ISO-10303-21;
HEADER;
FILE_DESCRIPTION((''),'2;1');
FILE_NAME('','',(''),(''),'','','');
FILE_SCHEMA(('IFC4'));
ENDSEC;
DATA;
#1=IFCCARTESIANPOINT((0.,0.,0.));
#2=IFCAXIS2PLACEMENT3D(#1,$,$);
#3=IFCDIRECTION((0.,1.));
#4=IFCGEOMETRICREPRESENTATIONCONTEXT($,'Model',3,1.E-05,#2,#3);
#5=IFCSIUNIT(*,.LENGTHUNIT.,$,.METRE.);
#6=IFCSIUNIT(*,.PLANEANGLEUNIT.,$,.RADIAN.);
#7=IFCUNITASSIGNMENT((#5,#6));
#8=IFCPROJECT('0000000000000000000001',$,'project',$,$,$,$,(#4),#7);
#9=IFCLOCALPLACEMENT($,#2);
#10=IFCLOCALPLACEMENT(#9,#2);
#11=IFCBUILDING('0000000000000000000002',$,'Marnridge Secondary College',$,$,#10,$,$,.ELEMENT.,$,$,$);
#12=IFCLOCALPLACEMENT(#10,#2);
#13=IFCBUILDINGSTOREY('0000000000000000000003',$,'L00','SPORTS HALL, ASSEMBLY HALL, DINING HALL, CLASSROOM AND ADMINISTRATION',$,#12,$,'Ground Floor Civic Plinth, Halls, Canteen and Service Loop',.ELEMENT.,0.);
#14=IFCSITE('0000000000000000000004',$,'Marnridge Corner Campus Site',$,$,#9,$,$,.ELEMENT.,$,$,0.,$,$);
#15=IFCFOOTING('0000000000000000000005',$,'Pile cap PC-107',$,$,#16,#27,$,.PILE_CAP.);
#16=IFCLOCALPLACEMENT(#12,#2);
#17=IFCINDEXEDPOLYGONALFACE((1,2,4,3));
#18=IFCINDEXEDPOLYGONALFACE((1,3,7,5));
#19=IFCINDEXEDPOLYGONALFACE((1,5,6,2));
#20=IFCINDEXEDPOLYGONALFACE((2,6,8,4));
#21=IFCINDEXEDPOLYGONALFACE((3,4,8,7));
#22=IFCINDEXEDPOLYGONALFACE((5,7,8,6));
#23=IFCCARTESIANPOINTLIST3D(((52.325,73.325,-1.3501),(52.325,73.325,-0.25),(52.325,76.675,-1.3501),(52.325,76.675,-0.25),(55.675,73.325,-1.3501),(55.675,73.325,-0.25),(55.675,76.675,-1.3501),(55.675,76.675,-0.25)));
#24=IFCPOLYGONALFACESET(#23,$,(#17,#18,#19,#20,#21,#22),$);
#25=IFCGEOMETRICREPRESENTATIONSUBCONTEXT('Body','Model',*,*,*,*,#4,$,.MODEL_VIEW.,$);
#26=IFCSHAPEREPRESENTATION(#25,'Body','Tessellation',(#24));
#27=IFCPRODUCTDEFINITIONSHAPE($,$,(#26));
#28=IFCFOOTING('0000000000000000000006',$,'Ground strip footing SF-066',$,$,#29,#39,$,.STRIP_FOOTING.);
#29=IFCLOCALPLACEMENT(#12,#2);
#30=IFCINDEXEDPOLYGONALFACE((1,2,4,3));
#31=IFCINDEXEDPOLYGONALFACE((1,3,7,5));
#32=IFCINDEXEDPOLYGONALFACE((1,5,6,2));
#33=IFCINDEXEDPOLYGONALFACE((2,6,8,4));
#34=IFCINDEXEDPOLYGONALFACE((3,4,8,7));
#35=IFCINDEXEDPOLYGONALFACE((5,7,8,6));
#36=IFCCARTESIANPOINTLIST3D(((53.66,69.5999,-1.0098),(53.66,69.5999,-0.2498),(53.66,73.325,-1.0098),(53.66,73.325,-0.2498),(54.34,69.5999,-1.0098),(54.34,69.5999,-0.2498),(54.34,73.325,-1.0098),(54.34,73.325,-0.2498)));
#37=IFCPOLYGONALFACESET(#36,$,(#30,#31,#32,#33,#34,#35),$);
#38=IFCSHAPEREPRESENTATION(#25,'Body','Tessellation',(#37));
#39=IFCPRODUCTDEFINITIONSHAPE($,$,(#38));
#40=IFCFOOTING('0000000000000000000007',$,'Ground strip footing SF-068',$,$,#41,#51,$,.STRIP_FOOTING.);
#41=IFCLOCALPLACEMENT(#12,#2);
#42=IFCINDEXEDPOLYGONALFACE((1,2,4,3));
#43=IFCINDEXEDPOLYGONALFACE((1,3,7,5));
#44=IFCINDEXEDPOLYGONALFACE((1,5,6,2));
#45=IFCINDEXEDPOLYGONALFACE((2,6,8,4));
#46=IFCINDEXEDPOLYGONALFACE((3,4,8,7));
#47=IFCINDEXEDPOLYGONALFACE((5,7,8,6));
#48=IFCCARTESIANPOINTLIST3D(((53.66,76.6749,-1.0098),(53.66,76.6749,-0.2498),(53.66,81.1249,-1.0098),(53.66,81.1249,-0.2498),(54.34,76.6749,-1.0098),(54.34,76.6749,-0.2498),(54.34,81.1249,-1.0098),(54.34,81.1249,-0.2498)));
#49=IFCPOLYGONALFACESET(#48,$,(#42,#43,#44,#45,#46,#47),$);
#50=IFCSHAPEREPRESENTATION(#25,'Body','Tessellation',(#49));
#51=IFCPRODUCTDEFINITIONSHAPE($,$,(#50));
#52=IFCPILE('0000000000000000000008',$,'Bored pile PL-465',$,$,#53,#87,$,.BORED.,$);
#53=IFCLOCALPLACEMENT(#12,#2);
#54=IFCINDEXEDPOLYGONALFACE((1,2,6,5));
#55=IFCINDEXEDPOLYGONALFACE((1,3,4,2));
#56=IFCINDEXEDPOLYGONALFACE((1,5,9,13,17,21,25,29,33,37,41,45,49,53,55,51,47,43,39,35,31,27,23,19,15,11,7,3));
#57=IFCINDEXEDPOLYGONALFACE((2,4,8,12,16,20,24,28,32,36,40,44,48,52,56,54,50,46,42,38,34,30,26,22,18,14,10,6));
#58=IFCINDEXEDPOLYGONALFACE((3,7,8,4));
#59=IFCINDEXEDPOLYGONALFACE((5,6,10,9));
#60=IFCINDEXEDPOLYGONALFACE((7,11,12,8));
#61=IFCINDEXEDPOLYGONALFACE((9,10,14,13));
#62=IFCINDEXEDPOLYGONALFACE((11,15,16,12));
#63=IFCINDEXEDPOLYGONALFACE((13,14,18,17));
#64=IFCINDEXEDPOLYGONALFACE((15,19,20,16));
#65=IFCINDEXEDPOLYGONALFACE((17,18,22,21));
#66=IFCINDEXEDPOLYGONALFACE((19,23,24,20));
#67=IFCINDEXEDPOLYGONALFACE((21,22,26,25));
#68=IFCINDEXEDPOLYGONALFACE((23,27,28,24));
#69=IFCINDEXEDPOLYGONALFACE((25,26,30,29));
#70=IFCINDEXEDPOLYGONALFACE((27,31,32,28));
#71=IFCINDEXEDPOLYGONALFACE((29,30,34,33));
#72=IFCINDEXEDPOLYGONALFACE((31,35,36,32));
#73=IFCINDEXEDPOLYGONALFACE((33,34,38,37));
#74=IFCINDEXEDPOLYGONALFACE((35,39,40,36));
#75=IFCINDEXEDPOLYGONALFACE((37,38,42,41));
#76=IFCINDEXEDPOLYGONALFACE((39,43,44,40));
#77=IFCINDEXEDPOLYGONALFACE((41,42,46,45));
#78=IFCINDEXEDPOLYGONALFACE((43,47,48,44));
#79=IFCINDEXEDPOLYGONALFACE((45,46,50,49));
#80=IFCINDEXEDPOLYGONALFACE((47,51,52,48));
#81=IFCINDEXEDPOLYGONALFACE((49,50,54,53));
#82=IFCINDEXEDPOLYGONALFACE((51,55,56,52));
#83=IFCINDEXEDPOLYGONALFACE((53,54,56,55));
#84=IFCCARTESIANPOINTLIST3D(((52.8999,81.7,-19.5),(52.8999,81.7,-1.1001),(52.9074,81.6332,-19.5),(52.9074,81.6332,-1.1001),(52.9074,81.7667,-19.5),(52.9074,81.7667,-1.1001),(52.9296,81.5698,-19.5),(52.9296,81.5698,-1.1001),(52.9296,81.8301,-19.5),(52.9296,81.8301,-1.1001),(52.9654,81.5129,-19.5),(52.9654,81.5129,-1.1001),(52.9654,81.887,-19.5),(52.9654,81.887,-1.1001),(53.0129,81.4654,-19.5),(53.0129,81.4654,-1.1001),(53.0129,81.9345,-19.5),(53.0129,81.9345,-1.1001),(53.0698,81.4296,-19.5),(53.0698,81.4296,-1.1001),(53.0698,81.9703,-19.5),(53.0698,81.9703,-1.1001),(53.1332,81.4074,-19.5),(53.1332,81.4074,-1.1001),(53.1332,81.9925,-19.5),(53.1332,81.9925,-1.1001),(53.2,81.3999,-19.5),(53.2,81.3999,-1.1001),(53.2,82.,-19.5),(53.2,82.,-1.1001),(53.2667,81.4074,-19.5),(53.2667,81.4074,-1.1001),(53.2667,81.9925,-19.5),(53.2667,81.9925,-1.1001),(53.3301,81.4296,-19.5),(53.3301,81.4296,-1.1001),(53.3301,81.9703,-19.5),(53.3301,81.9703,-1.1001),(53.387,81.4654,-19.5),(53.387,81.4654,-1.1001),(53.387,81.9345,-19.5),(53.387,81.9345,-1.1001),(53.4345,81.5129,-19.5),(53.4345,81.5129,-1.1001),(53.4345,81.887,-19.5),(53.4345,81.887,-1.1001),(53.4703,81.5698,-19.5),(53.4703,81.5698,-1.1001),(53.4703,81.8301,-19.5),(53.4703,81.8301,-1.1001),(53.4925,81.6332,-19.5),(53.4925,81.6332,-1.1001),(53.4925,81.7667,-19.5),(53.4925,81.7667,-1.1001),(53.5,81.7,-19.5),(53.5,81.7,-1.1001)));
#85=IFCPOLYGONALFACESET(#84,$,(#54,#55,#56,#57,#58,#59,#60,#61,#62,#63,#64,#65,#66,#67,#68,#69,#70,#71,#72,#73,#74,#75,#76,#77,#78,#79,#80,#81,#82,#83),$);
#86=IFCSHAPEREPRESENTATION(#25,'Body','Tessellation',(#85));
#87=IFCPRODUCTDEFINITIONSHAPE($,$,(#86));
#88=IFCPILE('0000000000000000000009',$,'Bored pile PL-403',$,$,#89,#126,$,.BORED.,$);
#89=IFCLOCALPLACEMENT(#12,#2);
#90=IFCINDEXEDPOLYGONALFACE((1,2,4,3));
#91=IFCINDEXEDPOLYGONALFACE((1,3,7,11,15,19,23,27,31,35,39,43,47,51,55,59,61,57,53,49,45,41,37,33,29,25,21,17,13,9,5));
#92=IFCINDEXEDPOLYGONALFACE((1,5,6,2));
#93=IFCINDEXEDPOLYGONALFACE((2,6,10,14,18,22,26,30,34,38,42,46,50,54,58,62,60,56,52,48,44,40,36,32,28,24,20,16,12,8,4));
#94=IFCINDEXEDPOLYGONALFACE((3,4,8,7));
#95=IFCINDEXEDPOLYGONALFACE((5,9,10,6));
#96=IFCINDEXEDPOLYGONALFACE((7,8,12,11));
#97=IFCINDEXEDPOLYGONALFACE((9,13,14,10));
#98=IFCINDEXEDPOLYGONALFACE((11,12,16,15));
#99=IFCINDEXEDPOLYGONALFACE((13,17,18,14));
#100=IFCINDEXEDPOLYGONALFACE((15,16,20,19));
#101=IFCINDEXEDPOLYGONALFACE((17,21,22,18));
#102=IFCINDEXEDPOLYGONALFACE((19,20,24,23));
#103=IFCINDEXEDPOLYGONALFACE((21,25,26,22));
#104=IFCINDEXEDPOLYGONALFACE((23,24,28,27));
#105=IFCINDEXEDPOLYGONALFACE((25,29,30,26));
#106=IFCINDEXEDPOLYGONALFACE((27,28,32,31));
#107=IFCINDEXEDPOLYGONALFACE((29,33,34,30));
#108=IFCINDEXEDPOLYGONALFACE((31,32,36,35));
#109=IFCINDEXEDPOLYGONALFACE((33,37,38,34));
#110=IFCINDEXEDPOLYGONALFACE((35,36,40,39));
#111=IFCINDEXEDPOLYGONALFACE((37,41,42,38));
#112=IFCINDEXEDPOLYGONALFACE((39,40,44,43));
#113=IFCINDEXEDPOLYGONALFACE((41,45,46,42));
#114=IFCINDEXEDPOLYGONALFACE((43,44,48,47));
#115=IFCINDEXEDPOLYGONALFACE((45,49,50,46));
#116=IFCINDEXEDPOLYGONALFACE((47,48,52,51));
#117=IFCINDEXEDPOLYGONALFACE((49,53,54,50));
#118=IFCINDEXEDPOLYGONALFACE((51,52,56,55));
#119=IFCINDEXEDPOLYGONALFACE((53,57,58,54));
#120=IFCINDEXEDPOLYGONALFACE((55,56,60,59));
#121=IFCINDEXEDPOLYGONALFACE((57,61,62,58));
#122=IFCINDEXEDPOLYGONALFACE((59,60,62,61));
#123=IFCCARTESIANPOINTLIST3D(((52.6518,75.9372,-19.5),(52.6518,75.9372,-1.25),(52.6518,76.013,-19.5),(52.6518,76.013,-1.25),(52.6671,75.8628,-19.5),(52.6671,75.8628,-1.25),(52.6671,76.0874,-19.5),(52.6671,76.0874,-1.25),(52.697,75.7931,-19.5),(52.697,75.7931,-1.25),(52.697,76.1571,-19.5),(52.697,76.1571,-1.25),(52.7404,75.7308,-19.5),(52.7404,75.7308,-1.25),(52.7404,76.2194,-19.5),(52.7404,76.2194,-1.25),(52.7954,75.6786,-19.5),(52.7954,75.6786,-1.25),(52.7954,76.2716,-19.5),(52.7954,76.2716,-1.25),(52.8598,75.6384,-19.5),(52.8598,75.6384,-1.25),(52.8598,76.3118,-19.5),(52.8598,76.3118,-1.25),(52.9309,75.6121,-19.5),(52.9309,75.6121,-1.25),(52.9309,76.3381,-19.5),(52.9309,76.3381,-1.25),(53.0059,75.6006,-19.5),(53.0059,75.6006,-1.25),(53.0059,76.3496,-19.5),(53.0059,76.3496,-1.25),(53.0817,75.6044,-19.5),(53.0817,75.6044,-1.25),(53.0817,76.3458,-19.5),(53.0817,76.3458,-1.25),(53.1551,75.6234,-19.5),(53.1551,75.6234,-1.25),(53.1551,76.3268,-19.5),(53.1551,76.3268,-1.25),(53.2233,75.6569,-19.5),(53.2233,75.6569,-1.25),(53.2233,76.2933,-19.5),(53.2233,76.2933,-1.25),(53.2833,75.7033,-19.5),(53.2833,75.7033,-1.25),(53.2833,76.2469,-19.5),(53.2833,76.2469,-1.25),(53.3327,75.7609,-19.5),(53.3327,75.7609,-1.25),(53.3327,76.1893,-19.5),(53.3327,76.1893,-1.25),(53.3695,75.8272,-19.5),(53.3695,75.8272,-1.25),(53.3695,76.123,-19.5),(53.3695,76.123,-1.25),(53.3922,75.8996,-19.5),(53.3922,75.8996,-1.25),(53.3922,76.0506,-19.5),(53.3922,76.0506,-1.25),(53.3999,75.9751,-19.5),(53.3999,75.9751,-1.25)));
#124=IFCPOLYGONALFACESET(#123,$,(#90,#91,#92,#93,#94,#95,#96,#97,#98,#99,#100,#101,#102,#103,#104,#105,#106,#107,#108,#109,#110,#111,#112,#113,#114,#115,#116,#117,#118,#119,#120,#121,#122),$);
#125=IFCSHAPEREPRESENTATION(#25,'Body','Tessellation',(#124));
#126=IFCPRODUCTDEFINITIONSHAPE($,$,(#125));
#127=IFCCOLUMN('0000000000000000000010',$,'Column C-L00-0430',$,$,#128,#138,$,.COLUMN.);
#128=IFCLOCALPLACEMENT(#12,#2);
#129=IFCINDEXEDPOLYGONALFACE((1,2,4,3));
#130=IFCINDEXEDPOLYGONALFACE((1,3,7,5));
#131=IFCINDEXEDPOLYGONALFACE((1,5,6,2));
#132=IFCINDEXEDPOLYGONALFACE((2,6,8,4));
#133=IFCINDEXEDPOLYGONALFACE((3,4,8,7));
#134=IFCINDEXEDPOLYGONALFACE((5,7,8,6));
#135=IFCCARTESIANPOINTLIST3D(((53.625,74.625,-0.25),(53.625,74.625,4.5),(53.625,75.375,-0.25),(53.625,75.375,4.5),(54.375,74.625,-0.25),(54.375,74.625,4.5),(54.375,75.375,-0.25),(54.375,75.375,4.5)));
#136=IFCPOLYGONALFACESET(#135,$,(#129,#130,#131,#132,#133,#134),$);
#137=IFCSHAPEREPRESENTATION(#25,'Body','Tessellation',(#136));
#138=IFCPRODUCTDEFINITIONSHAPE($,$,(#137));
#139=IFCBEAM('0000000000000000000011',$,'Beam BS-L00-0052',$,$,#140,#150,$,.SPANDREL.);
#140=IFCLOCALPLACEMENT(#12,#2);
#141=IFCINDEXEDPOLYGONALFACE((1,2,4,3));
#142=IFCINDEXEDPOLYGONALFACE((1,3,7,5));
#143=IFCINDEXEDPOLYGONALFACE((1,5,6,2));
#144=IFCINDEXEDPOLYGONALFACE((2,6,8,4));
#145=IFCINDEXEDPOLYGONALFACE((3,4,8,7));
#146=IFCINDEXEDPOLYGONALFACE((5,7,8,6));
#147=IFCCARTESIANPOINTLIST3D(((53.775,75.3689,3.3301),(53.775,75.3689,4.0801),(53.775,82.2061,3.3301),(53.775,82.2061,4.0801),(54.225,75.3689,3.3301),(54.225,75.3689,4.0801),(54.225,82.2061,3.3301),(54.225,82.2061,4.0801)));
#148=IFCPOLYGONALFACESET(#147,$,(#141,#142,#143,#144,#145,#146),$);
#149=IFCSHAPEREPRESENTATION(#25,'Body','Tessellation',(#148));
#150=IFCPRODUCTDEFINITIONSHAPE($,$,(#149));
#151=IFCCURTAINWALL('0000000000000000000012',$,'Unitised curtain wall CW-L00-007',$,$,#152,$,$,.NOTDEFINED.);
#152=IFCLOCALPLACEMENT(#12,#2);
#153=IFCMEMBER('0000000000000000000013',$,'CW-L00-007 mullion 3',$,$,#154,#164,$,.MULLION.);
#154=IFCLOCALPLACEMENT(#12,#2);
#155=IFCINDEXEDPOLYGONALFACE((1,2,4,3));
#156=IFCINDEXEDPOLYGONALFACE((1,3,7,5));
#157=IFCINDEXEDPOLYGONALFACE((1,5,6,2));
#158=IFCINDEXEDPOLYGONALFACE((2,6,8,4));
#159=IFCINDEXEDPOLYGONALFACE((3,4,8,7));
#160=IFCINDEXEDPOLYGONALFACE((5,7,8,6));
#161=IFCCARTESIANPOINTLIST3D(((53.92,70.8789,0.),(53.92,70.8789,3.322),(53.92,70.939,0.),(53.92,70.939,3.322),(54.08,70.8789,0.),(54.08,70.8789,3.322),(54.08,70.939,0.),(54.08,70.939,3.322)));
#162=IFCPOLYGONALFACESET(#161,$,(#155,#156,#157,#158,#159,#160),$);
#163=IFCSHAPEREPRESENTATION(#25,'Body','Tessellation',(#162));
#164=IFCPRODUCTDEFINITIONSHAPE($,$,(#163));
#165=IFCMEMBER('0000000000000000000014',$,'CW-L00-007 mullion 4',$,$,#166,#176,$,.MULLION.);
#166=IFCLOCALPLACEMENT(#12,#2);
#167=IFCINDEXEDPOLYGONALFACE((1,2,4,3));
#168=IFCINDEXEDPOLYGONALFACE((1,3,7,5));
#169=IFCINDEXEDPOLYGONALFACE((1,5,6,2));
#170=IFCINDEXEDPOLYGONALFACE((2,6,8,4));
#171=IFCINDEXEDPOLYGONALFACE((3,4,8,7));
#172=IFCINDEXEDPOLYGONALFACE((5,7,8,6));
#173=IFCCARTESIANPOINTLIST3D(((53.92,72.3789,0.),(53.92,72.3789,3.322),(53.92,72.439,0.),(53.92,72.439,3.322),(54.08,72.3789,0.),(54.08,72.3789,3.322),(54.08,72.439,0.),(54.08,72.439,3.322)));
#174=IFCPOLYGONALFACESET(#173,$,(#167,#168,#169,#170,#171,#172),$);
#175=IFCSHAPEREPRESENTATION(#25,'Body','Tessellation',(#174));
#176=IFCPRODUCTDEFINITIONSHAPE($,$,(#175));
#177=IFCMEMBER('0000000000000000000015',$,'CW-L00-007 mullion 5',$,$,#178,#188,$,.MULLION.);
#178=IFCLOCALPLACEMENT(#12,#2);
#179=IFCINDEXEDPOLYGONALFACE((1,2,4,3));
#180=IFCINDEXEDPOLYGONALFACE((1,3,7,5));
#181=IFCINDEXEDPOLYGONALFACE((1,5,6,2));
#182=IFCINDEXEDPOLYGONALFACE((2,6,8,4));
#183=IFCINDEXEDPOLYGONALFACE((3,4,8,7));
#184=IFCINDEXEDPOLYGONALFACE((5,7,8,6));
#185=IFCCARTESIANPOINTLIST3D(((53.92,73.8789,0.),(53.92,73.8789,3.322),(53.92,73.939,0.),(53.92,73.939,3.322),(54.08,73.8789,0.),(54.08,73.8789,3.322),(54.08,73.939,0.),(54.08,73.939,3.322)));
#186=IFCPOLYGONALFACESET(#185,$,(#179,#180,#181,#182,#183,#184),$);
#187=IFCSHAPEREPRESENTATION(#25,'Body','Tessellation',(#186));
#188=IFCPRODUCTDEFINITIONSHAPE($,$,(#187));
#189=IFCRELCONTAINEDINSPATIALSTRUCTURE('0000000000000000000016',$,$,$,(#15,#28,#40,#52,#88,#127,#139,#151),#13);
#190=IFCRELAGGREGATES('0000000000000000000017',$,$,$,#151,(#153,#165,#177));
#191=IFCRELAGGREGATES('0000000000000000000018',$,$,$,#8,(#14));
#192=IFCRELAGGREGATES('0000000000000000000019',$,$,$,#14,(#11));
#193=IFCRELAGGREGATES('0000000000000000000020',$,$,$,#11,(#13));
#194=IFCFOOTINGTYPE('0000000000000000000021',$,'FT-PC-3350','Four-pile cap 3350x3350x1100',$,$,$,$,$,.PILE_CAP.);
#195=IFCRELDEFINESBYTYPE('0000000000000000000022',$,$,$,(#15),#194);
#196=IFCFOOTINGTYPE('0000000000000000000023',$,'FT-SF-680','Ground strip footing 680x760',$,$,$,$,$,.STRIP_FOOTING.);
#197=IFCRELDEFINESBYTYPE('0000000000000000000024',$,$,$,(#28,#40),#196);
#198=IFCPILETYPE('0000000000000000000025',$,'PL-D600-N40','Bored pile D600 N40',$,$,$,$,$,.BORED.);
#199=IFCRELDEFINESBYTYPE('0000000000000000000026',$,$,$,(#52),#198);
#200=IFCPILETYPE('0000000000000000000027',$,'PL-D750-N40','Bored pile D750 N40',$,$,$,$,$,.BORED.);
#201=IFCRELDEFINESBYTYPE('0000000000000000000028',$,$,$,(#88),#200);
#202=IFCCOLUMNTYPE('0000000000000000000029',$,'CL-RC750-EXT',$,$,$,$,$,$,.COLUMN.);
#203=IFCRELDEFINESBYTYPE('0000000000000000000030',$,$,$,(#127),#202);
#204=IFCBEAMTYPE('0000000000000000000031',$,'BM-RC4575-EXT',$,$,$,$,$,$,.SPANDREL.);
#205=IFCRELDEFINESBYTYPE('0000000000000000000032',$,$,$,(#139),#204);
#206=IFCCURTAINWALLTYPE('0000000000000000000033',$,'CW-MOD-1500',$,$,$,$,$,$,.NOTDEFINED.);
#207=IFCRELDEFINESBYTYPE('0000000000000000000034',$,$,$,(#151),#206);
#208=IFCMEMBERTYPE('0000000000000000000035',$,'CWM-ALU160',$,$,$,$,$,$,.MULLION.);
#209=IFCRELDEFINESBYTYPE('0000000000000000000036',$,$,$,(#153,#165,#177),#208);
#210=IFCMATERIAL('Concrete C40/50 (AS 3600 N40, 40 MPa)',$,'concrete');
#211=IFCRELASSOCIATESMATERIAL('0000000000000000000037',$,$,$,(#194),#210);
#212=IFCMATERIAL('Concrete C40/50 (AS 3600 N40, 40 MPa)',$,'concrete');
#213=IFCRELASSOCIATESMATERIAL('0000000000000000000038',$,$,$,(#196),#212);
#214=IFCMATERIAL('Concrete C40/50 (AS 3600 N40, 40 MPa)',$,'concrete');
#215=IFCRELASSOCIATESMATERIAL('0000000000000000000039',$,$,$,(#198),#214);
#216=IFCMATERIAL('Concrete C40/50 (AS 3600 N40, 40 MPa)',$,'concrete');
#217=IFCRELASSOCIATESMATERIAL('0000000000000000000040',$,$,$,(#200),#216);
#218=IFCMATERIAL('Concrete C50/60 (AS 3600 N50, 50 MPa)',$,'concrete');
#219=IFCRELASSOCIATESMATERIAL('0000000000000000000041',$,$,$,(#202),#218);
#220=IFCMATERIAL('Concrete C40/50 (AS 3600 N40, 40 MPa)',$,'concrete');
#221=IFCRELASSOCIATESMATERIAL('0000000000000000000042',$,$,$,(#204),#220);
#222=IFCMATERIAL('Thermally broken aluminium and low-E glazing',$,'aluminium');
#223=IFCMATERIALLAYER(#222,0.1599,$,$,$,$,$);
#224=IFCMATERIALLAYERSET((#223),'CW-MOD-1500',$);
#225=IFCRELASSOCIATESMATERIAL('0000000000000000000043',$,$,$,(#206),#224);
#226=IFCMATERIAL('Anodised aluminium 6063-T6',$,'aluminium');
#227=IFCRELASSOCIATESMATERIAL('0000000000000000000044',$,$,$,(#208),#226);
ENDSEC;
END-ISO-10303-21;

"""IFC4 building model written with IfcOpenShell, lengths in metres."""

from ifc_helpers import new_model, si_unit, direction, frame, origin, origin_2d, place, context, subcontext, project, spatial, rectangle, circle, extrude, material, layer, layer_set, material_profile, profile_set, type_object, element, aggregate, save


model = new_model("IFC4")

# Units and contexts
model_context = context("Model", 3, precision=1e-05, world=origin(), true_north=direction((0.0, 1.0)))
body_context = subcontext(model_context, "Body", "Model", "MODEL_VIEW")
ifc_project = project(units=[si_unit("LENGTHUNIT", "METRE"), si_unit("PLANEANGLEUNIT", "RADIAN")], contexts=[model_context])

# Site, building, storey
site_placement = place(None, origin())
site = spatial("IfcSite", under=ifc_project, at=site_placement, Name="Marnridge Corner Campus Site", CompositionType="ELEMENT", RefElevation=0.0)
building_placement = place(site_placement, origin())
building = spatial("IfcBuilding", under=site, at=building_placement, Name="Marnridge Secondary College", CompositionType="ELEMENT")
storey_placement = place(building_placement, origin())
storey = spatial("IfcBuildingStorey", under=building, at=storey_placement, Name="L00", Description="SPORTS HALL, ASSEMBLY HALL, DINING HALL, CLASSROOM AND ADMINISTRATION", LongName="Ground Floor Civic Plinth, Halls, Canteen and Service Loop", CompositionType="ELEMENT", Elevation=0.0)

# Footings
ifc_material_1 = material(Name="Concrete C40/50 (AS 3600 N40, 40 MPa)", Category="concrete")
footing_type_1 = type_object("IfcFootingType", Name="FT-PC-3350", Description="Four-pile cap 3350x3350x1100", PredefinedType="PILE_CAP", material=ifc_material_1)
footing_1_placement = place(storey_placement, frame((54.0, 75.0, -1.3501), z_axis=(0.0, 0.0, 1.0), x_axis=(1.0, 0.0, 0.0)))
element("IfcFooting", 1, at=footing_1_placement, inside=storey, type_object=footing_type_1, Name="Pile cap PC-107", PredefinedType="PILE_CAP", context=body_context, shape_type="SweptSolid", body=[
    extrude(rectangle(XDim=3.3501, YDim=3.3501, at=origin_2d()), origin(), (0.0, 0.0, 1.0), 1.1001),
])
ifc_material_2 = material(Name="Concrete C40/50 (AS 3600 N40, 40 MPa)", Category="concrete")
footing_type_2 = type_object("IfcFootingType", Name="FT-SF-680", Description="Ground strip footing 680x760", PredefinedType="STRIP_FOOTING", material=ifc_material_2)
footing_2_placement = place(storey_placement, frame((54.0, 71.4624, -1.0098), z_axis=(0.0, 0.0, 1.0), x_axis=(1.0, 0.0, 0.0)))
element("IfcFooting", 2, at=footing_2_placement, inside=storey, type_object=footing_type_2, Name="Ground strip footing SF-066", PredefinedType="STRIP_FOOTING", context=body_context, shape_type="SweptSolid", body=[
    extrude(rectangle(XDim=0.6799, YDim=3.7251, at=origin_2d()), origin(), (0.0, 0.0, 1.0), 0.76),
])
footing_3_placement = place(storey_placement, frame((54.0, 78.8999, -1.0098), z_axis=(0.0, 0.0, 1.0), x_axis=(1.0, 0.0, 0.0)))
element("IfcFooting", 3, at=footing_3_placement, inside=storey, type_object=footing_type_2, Name="Ground strip footing SF-068", PredefinedType="STRIP_FOOTING", context=body_context, shape_type="SweptSolid", body=[
    extrude(rectangle(XDim=0.6799, YDim=4.45, at=origin_2d()), origin(), (0.0, 0.0, 1.0), 0.76),
])

# Piles
ifc_material_3 = material(Name="Concrete C40/50 (AS 3600 N40, 40 MPa)", Category="concrete")
ifc_material_profile_1 = material_profile(ifc_material_3, circle(Radius=0.3, at=origin_2d()), Name="PILE D600")
ifc_profile_set_1 = profile_set([ifc_material_profile_1], Name="Concrete C40/50 (AS 3600 N40, 40 MPa)")
pile_type_1 = type_object("IfcPileType", Name="PL-D600-N40", Description="Bored pile D600 N40", PredefinedType="BORED", material=ifc_profile_set_1)
pile_1_placement = place(storey_placement, frame((53.2, 81.7, -1.1001), z_axis=(0.0, 0.0, -1.0), x_axis=(1.0, 0.0, 0.0)))
element("IfcPile", 4, at=pile_1_placement, inside=storey, type_object=pile_type_1, Name="Bored pile PL-465", PredefinedType="BORED", context=body_context, shape_type="SweptSolid", body=[
    extrude(circle(Radius=0.3, at=origin_2d()), origin(), (0.0, 0.0, 1.0), 18.3999),
])
ifc_material_4 = material(Name="Concrete C40/50 (AS 3600 N40, 40 MPa)", Category="concrete")
ifc_material_profile_2 = material_profile(ifc_material_4, circle(Radius=0.375, at=origin_2d()), Name="PILE D750")
ifc_profile_set_2 = profile_set([ifc_material_profile_2], Name="Concrete C40/50 (AS 3600 N40, 40 MPa)")
pile_type_2 = type_object("IfcPileType", Name="PL-D750-N40", Description="Bored pile D750 N40", PredefinedType="BORED", material=ifc_profile_set_2)
pile_2_placement = place(storey_placement, frame((53.0249, 75.9751, -1.25), z_axis=(0.0, 0.0, -1.0), x_axis=(1.0, 0.0, 0.0)))
element("IfcPile", 5, at=pile_2_placement, inside=storey, type_object=pile_type_2, Name="Bored pile PL-403", PredefinedType="BORED", context=body_context, shape_type="SweptSolid", body=[
    extrude(circle(Radius=0.375, at=origin_2d()), origin(), (0.0, 0.0, 1.0), 18.25),
])

# Column
ifc_material_5 = material(Name="Concrete C50/60 (AS 3600 N50, 50 MPa)", Category="concrete")
ifc_material_profile_3 = material_profile(ifc_material_5, rectangle(XDim=0.75, YDim=0.75, at=origin_2d()), Name="RC 750x750")
ifc_profile_set_3 = profile_set([ifc_material_profile_3], Name="Concrete C50/60 (AS 3600 N50, 50 MPa)")
column_type = type_object("IfcColumnType", Name="CL-RC750-EXT", PredefinedType="COLUMN", material=ifc_profile_set_3)
column_placement = place(storey_placement, frame((54.0, 75.0, -0.25), z_axis=(0.0, 0.0, 1.0), x_axis=(1.0, 0.0, 0.0)))
element("IfcColumn", 6, at=column_placement, inside=storey, type_object=column_type, Name="Column C-L00-0430", PredefinedType="COLUMN", context=body_context, shape_type="SweptSolid", body=[
    extrude(rectangle(XDim=0.75, YDim=0.75, at=origin_2d()), origin(), (0.0, 0.0, 1.0), 4.75),
])

# Beam
ifc_material_6 = material(Name="Concrete C40/50 (AS 3600 N40, 40 MPa)", Category="concrete")
ifc_material_profile_4 = material_profile(ifc_material_6, rectangle(XDim=0.45, YDim=0.75, at=origin_2d()), Name="RC 450x750")
ifc_profile_set_4 = profile_set([ifc_material_profile_4], Name="Concrete C40/50 (AS 3600 N40, 40 MPa)")
beam_type = type_object("IfcBeamType", Name="BM-RC4575-EXT", PredefinedType="SPANDREL", material=ifc_profile_set_4)
beam_placement = place(storey_placement, frame((54.0, 75.3689, 3.7051), z_axis=(0.0, 1.0, 0.0), x_axis=(-1.0, 0.0, 0.0)))
element("IfcBeam", 7, at=beam_placement, inside=storey, type_object=beam_type, Name="Beam BS-L00-0052", PredefinedType="SPANDREL", context=body_context, shape_type="SweptSolid", body=[
    extrude(rectangle(XDim=0.45, YDim=0.75, at=origin_2d()), origin(), (0.0, 0.0, 1.0), 6.8372),
])

# Curtain wall, members
ifc_material_7 = material(Name="Thermally broken aluminium and low-E glazing", Category="aluminium")
ifc_layer_1 = layer(ifc_material_7, 0.1599)
ifc_layer_set_1 = layer_set([ifc_layer_1], Name="CW-MOD-1500")
curtain_wall_type = type_object("IfcCurtainWallType", Name="CW-MOD-1500", PredefinedType="NOTDEFINED", material=ifc_layer_set_1)
curtain_wall_placement = place(storey_placement, origin())
curtain_wall = element("IfcCurtainWall", 8, at=curtain_wall_placement, inside=storey, type_object=curtain_wall_type, Name="Unitised curtain wall CW-L00-007", PredefinedType="NOTDEFINED")
ifc_material_8 = material(Name="Anodised aluminium 6063-T6", Category="aluminium")
ifc_material_profile_5 = material_profile(ifc_material_8, rectangle(XDim=0.0601, YDim=0.1599, at=origin_2d()), Name="ALU 60x160")
ifc_profile_set_5 = profile_set([ifc_material_profile_5], Name="Anodised aluminium 6063-T6")
member_type_1 = type_object("IfcMemberType", Name="CWM-ALU160", PredefinedType="MULLION", material=ifc_profile_set_5)
member_1_placement = place(storey_placement, frame((54.0, 70.9089, 0.0), z_axis=(0.0, 0.0, 1.0), x_axis=(0.0, 1.0, 0.0)))
member_1 = element("IfcMember", 9, at=member_1_placement, type_object=member_type_1, Name="CW-L00-007 mullion 3", PredefinedType="MULLION", context=body_context, shape_type="SweptSolid", body=[
    extrude(rectangle(XDim=0.0601, YDim=0.1599, at=origin_2d()), origin(), (0.0, 0.0, 1.0), 3.322),
])
member_2_placement = place(storey_placement, frame((54.0, 72.4089, 0.0), z_axis=(0.0, 0.0, 1.0), x_axis=(0.0, 1.0, 0.0)))
member_2 = element("IfcMember", 10, at=member_2_placement, type_object=member_type_1, Name="CW-L00-007 mullion 4", PredefinedType="MULLION", context=body_context, shape_type="SweptSolid", body=[
    extrude(rectangle(XDim=0.0601, YDim=0.1599, at=origin_2d()), origin(), (0.0, 0.0, 1.0), 3.322),
])
member_3_placement = place(storey_placement, frame((54.0, 73.9089, 0.0), z_axis=(0.0, 0.0, 1.0), x_axis=(0.0, 1.0, 0.0)))
member_3 = element("IfcMember", 11, at=member_3_placement, type_object=member_type_1, Name="CW-L00-007 mullion 5", PredefinedType="MULLION", context=body_context, shape_type="SweptSolid", body=[
    extrude(rectangle(XDim=0.0601, YDim=0.1599, at=origin_2d()), origin(), (0.0, 0.0, 1.0), 3.322),
])
aggregate(curtain_wall, [member_1, member_2, member_3])

save(model, "model.ifc")
